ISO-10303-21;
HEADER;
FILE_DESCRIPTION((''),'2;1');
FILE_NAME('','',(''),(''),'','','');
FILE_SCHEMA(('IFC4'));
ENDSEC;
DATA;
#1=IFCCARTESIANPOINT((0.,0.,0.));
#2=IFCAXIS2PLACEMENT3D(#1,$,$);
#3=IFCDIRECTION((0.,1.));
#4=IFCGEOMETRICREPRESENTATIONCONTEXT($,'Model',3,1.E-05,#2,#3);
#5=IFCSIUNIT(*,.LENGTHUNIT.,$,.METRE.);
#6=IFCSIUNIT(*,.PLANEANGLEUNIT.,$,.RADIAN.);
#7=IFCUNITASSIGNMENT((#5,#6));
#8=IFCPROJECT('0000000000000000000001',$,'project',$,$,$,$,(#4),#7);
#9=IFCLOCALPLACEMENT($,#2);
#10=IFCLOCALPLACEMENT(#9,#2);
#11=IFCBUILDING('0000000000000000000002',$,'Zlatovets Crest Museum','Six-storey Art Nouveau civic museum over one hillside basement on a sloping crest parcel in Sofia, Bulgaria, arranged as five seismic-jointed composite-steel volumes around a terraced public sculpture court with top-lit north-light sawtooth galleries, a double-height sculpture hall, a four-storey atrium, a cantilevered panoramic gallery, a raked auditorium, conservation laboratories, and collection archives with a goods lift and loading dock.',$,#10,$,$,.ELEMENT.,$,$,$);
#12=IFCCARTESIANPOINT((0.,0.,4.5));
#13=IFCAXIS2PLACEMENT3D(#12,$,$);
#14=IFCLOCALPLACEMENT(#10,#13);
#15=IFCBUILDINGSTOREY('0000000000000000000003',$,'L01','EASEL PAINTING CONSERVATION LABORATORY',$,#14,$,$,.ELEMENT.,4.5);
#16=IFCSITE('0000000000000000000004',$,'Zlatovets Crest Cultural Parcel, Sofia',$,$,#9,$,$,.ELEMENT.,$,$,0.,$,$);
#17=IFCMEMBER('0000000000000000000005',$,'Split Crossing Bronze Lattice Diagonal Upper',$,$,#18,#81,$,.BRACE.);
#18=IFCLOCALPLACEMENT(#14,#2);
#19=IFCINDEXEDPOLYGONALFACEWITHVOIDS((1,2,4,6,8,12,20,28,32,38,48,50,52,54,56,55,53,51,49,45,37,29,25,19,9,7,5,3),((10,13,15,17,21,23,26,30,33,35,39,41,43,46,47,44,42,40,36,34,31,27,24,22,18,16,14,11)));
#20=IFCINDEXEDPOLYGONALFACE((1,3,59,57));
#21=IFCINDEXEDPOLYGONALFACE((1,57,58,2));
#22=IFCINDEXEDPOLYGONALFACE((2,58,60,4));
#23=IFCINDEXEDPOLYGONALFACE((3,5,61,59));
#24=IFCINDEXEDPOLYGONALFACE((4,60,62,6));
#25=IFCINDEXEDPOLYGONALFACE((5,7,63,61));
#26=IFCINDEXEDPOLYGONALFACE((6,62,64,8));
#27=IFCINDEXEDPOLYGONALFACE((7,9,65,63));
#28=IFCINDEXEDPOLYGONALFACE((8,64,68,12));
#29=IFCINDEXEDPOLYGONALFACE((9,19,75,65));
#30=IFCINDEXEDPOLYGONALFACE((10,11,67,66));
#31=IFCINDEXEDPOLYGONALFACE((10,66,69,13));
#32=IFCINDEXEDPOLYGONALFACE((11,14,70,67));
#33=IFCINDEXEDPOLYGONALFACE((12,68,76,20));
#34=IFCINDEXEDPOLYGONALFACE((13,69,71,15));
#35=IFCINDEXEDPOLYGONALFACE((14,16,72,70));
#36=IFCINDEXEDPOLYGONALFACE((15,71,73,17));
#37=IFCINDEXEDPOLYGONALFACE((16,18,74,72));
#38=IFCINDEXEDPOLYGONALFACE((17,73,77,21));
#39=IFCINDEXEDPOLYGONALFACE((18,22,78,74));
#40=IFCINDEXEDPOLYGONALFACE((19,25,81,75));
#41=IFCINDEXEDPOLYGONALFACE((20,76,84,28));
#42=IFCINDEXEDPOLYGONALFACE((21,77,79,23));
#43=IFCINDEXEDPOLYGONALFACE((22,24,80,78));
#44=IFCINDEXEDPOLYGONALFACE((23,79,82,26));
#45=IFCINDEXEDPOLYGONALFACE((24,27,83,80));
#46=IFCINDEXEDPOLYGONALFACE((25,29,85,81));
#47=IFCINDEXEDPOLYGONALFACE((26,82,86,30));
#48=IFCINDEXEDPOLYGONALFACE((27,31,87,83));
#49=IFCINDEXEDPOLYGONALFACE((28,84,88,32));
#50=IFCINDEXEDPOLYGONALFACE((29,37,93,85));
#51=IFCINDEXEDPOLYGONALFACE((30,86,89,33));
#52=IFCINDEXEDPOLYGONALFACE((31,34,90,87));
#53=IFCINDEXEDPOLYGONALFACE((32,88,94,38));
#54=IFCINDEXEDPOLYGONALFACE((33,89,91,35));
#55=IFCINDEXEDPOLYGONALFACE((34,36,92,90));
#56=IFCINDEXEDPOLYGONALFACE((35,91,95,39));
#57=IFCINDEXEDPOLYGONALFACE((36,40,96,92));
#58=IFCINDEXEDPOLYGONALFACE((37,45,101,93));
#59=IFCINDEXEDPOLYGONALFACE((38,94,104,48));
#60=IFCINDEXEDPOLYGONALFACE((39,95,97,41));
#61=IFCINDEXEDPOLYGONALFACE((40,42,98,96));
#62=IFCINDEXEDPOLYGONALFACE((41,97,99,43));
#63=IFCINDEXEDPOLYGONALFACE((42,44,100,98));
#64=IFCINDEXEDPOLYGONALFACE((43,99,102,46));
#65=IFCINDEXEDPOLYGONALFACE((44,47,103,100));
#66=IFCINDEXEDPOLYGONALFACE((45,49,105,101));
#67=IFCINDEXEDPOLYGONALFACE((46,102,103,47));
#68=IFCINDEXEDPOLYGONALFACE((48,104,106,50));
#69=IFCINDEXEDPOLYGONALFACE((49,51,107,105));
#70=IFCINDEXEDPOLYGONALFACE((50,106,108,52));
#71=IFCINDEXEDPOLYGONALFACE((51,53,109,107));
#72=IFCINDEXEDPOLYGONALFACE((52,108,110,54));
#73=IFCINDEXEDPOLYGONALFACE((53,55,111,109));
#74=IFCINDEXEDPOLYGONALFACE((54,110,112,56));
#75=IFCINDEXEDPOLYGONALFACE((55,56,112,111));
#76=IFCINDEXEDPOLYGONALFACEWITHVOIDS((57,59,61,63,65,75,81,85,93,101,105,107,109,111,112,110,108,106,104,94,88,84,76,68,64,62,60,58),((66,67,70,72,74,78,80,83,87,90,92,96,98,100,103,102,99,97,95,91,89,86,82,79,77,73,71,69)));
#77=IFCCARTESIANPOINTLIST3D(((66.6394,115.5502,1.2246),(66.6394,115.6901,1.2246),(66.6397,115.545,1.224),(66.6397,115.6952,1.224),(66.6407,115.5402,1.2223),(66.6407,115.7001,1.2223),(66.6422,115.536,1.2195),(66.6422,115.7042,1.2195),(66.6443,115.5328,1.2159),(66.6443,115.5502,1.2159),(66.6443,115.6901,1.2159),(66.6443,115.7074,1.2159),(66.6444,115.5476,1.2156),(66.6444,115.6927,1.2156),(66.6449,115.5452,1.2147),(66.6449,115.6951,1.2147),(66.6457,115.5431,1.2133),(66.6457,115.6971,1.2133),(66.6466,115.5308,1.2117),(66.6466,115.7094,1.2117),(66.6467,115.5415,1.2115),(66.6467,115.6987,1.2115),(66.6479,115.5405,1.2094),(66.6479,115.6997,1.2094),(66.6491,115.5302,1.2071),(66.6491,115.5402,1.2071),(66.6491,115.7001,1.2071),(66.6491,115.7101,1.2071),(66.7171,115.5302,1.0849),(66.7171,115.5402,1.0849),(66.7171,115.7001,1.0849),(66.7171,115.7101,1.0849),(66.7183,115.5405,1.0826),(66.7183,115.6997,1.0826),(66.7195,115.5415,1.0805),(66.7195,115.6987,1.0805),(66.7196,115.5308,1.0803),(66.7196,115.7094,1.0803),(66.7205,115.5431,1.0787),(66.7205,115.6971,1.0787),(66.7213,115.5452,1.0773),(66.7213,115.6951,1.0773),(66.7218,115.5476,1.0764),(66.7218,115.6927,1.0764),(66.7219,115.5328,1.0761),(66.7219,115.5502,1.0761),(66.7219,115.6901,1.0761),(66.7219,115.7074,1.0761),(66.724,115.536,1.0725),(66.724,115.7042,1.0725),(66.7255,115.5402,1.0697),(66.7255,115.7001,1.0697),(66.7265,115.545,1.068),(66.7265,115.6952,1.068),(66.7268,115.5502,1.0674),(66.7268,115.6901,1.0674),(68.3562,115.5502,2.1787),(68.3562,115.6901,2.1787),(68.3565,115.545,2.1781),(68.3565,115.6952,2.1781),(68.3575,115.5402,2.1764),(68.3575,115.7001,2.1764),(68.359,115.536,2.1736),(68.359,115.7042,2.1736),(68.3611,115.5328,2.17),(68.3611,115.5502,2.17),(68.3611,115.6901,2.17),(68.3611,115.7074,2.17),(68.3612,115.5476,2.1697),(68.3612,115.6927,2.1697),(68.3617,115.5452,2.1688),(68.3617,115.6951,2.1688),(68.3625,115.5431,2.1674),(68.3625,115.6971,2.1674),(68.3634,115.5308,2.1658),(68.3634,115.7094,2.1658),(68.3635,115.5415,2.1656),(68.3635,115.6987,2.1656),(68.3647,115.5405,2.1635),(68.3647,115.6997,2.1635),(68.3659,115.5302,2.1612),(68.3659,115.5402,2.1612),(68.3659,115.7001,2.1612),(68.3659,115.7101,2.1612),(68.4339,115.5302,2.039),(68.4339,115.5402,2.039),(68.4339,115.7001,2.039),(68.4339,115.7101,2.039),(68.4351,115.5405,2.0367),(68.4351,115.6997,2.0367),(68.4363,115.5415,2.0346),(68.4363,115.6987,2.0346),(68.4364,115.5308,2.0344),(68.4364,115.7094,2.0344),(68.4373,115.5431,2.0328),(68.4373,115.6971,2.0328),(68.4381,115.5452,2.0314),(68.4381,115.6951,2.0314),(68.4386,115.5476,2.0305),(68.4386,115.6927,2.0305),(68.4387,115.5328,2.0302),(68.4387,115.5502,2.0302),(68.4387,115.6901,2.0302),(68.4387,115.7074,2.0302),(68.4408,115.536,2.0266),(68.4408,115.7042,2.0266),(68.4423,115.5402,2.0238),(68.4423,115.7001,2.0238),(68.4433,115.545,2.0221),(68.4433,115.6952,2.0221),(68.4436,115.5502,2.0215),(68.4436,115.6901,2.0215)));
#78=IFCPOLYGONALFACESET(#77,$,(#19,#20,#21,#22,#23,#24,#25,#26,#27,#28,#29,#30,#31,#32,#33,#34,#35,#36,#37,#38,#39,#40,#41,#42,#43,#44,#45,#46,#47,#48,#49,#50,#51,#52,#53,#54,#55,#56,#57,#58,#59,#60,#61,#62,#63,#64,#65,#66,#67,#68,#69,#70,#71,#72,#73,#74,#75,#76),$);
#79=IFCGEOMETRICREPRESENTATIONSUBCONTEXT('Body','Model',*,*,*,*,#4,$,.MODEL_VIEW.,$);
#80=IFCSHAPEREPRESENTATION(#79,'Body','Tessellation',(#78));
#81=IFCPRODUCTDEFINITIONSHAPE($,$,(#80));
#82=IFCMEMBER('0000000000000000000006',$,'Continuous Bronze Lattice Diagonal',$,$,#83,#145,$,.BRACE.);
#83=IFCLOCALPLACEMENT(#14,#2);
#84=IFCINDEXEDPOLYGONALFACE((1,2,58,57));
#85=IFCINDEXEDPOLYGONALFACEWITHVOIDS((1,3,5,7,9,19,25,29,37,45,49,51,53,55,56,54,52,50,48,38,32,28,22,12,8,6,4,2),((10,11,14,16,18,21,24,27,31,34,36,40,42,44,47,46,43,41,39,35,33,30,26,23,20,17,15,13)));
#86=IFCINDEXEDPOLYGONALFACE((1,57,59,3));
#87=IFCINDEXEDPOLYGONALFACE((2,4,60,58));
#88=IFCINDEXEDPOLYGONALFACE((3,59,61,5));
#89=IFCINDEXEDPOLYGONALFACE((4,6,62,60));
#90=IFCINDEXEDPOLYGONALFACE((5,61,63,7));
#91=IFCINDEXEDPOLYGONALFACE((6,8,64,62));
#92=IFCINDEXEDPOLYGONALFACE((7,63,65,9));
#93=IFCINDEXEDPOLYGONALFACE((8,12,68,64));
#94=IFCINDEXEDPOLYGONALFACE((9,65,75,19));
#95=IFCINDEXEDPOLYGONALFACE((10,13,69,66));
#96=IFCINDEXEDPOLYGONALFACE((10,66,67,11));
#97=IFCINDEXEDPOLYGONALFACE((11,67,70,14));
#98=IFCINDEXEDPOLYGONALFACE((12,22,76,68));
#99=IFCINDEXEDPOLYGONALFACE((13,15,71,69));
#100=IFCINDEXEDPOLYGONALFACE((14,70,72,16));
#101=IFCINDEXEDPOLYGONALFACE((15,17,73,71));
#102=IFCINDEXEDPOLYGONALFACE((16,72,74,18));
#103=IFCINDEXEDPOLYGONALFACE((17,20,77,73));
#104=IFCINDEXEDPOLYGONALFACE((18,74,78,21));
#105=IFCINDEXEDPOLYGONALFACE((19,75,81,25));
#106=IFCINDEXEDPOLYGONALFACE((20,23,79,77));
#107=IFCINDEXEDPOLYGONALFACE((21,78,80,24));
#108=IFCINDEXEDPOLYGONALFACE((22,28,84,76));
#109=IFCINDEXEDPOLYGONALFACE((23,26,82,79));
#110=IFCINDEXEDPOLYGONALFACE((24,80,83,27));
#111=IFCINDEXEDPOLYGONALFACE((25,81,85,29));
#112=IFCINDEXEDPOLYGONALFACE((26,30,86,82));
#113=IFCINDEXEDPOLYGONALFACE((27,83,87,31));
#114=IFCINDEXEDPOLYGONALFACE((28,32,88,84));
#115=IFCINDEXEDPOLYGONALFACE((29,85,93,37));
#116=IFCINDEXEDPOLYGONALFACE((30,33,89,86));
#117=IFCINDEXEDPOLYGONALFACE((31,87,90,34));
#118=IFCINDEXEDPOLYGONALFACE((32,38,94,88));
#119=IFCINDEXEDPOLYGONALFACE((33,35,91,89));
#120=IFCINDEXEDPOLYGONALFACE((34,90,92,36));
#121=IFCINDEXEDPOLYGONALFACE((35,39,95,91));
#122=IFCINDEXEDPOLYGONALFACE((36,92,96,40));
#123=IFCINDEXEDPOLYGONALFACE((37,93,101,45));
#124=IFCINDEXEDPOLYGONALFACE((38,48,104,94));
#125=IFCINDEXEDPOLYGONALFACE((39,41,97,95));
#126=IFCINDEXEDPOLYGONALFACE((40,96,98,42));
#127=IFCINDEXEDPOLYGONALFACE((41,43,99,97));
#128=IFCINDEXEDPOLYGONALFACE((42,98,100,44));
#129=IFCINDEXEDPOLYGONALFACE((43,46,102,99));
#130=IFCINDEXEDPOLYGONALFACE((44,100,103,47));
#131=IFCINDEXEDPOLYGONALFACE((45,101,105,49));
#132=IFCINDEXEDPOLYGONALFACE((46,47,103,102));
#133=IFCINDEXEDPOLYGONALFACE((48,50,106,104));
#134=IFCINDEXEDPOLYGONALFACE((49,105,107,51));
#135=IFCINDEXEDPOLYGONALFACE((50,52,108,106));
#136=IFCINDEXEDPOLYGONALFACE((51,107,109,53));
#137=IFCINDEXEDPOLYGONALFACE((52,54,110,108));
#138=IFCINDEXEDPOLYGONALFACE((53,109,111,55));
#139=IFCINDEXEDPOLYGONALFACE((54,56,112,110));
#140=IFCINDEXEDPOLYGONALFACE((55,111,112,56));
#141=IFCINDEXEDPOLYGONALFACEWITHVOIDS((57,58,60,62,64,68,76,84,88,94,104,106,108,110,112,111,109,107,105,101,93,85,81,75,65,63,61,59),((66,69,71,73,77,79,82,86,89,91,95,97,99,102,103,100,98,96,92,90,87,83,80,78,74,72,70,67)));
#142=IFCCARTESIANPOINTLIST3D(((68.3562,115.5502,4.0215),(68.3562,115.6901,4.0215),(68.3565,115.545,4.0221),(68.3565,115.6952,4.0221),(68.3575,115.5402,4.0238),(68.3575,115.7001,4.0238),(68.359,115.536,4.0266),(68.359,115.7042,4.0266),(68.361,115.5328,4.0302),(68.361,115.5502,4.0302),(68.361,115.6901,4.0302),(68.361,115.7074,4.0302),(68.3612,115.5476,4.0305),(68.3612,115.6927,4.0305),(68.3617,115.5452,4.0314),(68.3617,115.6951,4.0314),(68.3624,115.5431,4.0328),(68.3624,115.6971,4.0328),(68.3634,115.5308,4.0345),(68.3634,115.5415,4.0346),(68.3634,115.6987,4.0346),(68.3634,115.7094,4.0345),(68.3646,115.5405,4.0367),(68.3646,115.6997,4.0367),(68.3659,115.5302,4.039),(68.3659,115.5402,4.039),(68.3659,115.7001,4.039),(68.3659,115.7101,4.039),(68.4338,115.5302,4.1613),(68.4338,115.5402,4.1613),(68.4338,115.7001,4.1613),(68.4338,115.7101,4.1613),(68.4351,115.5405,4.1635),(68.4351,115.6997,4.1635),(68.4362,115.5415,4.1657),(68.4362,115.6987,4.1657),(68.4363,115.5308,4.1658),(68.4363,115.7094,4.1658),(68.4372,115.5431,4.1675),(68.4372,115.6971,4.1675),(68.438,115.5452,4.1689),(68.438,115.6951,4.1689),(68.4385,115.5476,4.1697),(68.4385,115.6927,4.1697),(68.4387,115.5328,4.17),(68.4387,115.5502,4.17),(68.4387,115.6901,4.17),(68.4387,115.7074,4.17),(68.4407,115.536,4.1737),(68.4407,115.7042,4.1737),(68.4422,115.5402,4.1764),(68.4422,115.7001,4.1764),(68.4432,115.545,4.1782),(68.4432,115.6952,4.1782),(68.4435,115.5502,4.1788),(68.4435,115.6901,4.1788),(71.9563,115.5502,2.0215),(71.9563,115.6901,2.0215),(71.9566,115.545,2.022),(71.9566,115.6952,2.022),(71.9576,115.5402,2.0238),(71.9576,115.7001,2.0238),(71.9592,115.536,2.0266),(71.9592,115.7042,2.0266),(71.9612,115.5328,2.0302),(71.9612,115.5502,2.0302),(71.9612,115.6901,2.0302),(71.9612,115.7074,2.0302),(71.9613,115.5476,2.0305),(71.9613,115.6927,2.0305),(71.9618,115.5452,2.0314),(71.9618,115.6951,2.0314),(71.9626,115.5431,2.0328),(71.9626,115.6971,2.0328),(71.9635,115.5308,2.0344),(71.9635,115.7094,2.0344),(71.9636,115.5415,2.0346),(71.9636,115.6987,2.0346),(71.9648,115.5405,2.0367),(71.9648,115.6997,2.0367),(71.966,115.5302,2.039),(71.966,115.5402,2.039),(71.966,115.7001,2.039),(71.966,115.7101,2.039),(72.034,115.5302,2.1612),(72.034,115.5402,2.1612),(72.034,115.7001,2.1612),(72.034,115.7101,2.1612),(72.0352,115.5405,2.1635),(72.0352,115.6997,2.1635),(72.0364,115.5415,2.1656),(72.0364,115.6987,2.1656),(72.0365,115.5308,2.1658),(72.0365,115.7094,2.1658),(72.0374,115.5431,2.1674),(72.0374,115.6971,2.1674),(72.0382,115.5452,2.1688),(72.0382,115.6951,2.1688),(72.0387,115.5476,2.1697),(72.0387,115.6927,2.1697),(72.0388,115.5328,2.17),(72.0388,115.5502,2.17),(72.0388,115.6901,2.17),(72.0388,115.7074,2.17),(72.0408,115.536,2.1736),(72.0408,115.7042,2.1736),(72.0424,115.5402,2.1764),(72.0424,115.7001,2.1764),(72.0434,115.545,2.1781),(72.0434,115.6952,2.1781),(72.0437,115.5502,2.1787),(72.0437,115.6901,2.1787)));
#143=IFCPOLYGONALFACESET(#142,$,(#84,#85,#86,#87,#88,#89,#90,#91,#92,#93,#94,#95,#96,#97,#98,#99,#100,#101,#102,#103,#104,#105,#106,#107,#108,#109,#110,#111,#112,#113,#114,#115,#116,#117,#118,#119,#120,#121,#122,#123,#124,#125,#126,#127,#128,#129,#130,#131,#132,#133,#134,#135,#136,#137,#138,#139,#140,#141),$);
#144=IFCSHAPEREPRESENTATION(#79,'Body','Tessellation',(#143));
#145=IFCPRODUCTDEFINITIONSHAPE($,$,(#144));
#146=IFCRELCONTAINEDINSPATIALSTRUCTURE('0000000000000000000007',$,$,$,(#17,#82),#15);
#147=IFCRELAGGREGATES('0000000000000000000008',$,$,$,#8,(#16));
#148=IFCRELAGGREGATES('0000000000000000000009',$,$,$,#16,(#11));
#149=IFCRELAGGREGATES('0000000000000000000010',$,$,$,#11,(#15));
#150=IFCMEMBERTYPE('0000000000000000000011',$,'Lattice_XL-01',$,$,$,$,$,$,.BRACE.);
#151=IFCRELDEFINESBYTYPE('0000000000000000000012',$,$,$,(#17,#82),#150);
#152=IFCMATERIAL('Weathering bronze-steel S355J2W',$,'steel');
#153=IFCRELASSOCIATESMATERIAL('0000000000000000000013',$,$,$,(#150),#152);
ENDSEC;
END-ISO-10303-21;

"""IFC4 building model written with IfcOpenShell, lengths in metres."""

from ifc_helpers import new_model, si_unit, direction, frame, origin, origin_2d, place, context, subcontext, project, spatial, hollow_rectangle, extrude, material, material_profile, profile_set, type_object, element, save


model = new_model("IFC4")

# Units and contexts
model_context = context("Model", 3, precision=1e-05, world=origin(), true_north=direction((0.0, 1.0)))
body_context = subcontext(model_context, "Body", "Model", "MODEL_VIEW")
ifc_project = project(units=[si_unit("LENGTHUNIT", "METRE"), si_unit("PLANEANGLEUNIT", "RADIAN")], contexts=[model_context])

# Site, building, storey
site_placement = place(None, origin())
site = spatial("IfcSite", under=ifc_project, at=site_placement, Name="Zlatovets Crest Cultural Parcel, Sofia", CompositionType="ELEMENT", RefElevation=0.0)
building_placement = place(site_placement, origin())
building = spatial("IfcBuilding", under=site, at=building_placement, Name="Zlatovets Crest Museum", Description="Six-storey Art Nouveau civic museum over one hillside basement on a sloping crest parcel in Sofia, Bulgaria, arranged as five seismic-jointed composite-steel volumes around a terraced public sculpture court with top-lit north-light sawtooth galleries, a double-height sculpture hall, a four-storey atrium, a cantilevered panoramic gallery, a raked auditorium, conservation laboratories, and collection archives with a goods lift and loading dock.", CompositionType="ELEMENT")
storey_placement = place(building_placement, frame((0.0, 0.0, 4.5)))
storey = spatial("IfcBuildingStorey", under=building, at=storey_placement, Name="L01", Description="EASEL PAINTING CONSERVATION LABORATORY", CompositionType="ELEMENT", Elevation=4.5)

# Members
ifc_material_1 = material(Name="Weathering bronze-steel S355J2W", Category="steel")
ifc_material_profile_1 = material_profile(ifc_material_1, hollow_rectangle(XDim=0.1799, YDim=0.1799, WallThickness=0.01, InnerFilletRadius=0.01, OuterFilletRadius=0.02, at=origin_2d()), Name="SHS 180x180x10.0")
ifc_profile_set_1 = profile_set([ifc_material_profile_1], Name="Weathering bronze-steel S355J2W")
member_type_1 = type_object("IfcMemberType", Name="Lattice_XL-01", PredefinedType="BRACE", material=ifc_profile_set_1)
member_1_placement = place(storey_placement, frame((68.3999, 115.6201, 2.1001), z_axis=(-0.874087, 0.0, -0.48577), x_axis=(0.0, -1.0, 0.0)))
element("IfcMember", 1, at=member_1_placement, inside=storey, type_object=member_type_1, Name="Split Crossing Bronze Lattice Diagonal Upper", PredefinedType="BRACE", context=body_context, shape_type="SweptSolid", body=[
    extrude(hollow_rectangle(XDim=0.1799, YDim=0.1799, WallThickness=0.01, InnerFilletRadius=0.01, OuterFilletRadius=0.02, at=origin_2d()), origin(), (0.0, 0.0, 1.0), 1.9641),
])
member_2_placement = place(storey_placement, frame((72.0, 115.6201, 2.1001), z_axis=(-0.874163, 0.0, 0.485633), x_axis=(0.0, -1.0, 0.0)))
element("IfcMember", 2, at=member_2_placement, inside=storey, type_object=member_type_1, Name="Continuous Bronze Lattice Diagonal", PredefinedType="BRACE", context=body_context, shape_type="SweptSolid", body=[
    extrude(hollow_rectangle(XDim=0.1799, YDim=0.1799, WallThickness=0.01, InnerFilletRadius=0.01, OuterFilletRadius=0.02, at=origin_2d()), origin(), (0.0, 0.0, 1.0), 4.1184),
])

save(model, "model.ifc")
